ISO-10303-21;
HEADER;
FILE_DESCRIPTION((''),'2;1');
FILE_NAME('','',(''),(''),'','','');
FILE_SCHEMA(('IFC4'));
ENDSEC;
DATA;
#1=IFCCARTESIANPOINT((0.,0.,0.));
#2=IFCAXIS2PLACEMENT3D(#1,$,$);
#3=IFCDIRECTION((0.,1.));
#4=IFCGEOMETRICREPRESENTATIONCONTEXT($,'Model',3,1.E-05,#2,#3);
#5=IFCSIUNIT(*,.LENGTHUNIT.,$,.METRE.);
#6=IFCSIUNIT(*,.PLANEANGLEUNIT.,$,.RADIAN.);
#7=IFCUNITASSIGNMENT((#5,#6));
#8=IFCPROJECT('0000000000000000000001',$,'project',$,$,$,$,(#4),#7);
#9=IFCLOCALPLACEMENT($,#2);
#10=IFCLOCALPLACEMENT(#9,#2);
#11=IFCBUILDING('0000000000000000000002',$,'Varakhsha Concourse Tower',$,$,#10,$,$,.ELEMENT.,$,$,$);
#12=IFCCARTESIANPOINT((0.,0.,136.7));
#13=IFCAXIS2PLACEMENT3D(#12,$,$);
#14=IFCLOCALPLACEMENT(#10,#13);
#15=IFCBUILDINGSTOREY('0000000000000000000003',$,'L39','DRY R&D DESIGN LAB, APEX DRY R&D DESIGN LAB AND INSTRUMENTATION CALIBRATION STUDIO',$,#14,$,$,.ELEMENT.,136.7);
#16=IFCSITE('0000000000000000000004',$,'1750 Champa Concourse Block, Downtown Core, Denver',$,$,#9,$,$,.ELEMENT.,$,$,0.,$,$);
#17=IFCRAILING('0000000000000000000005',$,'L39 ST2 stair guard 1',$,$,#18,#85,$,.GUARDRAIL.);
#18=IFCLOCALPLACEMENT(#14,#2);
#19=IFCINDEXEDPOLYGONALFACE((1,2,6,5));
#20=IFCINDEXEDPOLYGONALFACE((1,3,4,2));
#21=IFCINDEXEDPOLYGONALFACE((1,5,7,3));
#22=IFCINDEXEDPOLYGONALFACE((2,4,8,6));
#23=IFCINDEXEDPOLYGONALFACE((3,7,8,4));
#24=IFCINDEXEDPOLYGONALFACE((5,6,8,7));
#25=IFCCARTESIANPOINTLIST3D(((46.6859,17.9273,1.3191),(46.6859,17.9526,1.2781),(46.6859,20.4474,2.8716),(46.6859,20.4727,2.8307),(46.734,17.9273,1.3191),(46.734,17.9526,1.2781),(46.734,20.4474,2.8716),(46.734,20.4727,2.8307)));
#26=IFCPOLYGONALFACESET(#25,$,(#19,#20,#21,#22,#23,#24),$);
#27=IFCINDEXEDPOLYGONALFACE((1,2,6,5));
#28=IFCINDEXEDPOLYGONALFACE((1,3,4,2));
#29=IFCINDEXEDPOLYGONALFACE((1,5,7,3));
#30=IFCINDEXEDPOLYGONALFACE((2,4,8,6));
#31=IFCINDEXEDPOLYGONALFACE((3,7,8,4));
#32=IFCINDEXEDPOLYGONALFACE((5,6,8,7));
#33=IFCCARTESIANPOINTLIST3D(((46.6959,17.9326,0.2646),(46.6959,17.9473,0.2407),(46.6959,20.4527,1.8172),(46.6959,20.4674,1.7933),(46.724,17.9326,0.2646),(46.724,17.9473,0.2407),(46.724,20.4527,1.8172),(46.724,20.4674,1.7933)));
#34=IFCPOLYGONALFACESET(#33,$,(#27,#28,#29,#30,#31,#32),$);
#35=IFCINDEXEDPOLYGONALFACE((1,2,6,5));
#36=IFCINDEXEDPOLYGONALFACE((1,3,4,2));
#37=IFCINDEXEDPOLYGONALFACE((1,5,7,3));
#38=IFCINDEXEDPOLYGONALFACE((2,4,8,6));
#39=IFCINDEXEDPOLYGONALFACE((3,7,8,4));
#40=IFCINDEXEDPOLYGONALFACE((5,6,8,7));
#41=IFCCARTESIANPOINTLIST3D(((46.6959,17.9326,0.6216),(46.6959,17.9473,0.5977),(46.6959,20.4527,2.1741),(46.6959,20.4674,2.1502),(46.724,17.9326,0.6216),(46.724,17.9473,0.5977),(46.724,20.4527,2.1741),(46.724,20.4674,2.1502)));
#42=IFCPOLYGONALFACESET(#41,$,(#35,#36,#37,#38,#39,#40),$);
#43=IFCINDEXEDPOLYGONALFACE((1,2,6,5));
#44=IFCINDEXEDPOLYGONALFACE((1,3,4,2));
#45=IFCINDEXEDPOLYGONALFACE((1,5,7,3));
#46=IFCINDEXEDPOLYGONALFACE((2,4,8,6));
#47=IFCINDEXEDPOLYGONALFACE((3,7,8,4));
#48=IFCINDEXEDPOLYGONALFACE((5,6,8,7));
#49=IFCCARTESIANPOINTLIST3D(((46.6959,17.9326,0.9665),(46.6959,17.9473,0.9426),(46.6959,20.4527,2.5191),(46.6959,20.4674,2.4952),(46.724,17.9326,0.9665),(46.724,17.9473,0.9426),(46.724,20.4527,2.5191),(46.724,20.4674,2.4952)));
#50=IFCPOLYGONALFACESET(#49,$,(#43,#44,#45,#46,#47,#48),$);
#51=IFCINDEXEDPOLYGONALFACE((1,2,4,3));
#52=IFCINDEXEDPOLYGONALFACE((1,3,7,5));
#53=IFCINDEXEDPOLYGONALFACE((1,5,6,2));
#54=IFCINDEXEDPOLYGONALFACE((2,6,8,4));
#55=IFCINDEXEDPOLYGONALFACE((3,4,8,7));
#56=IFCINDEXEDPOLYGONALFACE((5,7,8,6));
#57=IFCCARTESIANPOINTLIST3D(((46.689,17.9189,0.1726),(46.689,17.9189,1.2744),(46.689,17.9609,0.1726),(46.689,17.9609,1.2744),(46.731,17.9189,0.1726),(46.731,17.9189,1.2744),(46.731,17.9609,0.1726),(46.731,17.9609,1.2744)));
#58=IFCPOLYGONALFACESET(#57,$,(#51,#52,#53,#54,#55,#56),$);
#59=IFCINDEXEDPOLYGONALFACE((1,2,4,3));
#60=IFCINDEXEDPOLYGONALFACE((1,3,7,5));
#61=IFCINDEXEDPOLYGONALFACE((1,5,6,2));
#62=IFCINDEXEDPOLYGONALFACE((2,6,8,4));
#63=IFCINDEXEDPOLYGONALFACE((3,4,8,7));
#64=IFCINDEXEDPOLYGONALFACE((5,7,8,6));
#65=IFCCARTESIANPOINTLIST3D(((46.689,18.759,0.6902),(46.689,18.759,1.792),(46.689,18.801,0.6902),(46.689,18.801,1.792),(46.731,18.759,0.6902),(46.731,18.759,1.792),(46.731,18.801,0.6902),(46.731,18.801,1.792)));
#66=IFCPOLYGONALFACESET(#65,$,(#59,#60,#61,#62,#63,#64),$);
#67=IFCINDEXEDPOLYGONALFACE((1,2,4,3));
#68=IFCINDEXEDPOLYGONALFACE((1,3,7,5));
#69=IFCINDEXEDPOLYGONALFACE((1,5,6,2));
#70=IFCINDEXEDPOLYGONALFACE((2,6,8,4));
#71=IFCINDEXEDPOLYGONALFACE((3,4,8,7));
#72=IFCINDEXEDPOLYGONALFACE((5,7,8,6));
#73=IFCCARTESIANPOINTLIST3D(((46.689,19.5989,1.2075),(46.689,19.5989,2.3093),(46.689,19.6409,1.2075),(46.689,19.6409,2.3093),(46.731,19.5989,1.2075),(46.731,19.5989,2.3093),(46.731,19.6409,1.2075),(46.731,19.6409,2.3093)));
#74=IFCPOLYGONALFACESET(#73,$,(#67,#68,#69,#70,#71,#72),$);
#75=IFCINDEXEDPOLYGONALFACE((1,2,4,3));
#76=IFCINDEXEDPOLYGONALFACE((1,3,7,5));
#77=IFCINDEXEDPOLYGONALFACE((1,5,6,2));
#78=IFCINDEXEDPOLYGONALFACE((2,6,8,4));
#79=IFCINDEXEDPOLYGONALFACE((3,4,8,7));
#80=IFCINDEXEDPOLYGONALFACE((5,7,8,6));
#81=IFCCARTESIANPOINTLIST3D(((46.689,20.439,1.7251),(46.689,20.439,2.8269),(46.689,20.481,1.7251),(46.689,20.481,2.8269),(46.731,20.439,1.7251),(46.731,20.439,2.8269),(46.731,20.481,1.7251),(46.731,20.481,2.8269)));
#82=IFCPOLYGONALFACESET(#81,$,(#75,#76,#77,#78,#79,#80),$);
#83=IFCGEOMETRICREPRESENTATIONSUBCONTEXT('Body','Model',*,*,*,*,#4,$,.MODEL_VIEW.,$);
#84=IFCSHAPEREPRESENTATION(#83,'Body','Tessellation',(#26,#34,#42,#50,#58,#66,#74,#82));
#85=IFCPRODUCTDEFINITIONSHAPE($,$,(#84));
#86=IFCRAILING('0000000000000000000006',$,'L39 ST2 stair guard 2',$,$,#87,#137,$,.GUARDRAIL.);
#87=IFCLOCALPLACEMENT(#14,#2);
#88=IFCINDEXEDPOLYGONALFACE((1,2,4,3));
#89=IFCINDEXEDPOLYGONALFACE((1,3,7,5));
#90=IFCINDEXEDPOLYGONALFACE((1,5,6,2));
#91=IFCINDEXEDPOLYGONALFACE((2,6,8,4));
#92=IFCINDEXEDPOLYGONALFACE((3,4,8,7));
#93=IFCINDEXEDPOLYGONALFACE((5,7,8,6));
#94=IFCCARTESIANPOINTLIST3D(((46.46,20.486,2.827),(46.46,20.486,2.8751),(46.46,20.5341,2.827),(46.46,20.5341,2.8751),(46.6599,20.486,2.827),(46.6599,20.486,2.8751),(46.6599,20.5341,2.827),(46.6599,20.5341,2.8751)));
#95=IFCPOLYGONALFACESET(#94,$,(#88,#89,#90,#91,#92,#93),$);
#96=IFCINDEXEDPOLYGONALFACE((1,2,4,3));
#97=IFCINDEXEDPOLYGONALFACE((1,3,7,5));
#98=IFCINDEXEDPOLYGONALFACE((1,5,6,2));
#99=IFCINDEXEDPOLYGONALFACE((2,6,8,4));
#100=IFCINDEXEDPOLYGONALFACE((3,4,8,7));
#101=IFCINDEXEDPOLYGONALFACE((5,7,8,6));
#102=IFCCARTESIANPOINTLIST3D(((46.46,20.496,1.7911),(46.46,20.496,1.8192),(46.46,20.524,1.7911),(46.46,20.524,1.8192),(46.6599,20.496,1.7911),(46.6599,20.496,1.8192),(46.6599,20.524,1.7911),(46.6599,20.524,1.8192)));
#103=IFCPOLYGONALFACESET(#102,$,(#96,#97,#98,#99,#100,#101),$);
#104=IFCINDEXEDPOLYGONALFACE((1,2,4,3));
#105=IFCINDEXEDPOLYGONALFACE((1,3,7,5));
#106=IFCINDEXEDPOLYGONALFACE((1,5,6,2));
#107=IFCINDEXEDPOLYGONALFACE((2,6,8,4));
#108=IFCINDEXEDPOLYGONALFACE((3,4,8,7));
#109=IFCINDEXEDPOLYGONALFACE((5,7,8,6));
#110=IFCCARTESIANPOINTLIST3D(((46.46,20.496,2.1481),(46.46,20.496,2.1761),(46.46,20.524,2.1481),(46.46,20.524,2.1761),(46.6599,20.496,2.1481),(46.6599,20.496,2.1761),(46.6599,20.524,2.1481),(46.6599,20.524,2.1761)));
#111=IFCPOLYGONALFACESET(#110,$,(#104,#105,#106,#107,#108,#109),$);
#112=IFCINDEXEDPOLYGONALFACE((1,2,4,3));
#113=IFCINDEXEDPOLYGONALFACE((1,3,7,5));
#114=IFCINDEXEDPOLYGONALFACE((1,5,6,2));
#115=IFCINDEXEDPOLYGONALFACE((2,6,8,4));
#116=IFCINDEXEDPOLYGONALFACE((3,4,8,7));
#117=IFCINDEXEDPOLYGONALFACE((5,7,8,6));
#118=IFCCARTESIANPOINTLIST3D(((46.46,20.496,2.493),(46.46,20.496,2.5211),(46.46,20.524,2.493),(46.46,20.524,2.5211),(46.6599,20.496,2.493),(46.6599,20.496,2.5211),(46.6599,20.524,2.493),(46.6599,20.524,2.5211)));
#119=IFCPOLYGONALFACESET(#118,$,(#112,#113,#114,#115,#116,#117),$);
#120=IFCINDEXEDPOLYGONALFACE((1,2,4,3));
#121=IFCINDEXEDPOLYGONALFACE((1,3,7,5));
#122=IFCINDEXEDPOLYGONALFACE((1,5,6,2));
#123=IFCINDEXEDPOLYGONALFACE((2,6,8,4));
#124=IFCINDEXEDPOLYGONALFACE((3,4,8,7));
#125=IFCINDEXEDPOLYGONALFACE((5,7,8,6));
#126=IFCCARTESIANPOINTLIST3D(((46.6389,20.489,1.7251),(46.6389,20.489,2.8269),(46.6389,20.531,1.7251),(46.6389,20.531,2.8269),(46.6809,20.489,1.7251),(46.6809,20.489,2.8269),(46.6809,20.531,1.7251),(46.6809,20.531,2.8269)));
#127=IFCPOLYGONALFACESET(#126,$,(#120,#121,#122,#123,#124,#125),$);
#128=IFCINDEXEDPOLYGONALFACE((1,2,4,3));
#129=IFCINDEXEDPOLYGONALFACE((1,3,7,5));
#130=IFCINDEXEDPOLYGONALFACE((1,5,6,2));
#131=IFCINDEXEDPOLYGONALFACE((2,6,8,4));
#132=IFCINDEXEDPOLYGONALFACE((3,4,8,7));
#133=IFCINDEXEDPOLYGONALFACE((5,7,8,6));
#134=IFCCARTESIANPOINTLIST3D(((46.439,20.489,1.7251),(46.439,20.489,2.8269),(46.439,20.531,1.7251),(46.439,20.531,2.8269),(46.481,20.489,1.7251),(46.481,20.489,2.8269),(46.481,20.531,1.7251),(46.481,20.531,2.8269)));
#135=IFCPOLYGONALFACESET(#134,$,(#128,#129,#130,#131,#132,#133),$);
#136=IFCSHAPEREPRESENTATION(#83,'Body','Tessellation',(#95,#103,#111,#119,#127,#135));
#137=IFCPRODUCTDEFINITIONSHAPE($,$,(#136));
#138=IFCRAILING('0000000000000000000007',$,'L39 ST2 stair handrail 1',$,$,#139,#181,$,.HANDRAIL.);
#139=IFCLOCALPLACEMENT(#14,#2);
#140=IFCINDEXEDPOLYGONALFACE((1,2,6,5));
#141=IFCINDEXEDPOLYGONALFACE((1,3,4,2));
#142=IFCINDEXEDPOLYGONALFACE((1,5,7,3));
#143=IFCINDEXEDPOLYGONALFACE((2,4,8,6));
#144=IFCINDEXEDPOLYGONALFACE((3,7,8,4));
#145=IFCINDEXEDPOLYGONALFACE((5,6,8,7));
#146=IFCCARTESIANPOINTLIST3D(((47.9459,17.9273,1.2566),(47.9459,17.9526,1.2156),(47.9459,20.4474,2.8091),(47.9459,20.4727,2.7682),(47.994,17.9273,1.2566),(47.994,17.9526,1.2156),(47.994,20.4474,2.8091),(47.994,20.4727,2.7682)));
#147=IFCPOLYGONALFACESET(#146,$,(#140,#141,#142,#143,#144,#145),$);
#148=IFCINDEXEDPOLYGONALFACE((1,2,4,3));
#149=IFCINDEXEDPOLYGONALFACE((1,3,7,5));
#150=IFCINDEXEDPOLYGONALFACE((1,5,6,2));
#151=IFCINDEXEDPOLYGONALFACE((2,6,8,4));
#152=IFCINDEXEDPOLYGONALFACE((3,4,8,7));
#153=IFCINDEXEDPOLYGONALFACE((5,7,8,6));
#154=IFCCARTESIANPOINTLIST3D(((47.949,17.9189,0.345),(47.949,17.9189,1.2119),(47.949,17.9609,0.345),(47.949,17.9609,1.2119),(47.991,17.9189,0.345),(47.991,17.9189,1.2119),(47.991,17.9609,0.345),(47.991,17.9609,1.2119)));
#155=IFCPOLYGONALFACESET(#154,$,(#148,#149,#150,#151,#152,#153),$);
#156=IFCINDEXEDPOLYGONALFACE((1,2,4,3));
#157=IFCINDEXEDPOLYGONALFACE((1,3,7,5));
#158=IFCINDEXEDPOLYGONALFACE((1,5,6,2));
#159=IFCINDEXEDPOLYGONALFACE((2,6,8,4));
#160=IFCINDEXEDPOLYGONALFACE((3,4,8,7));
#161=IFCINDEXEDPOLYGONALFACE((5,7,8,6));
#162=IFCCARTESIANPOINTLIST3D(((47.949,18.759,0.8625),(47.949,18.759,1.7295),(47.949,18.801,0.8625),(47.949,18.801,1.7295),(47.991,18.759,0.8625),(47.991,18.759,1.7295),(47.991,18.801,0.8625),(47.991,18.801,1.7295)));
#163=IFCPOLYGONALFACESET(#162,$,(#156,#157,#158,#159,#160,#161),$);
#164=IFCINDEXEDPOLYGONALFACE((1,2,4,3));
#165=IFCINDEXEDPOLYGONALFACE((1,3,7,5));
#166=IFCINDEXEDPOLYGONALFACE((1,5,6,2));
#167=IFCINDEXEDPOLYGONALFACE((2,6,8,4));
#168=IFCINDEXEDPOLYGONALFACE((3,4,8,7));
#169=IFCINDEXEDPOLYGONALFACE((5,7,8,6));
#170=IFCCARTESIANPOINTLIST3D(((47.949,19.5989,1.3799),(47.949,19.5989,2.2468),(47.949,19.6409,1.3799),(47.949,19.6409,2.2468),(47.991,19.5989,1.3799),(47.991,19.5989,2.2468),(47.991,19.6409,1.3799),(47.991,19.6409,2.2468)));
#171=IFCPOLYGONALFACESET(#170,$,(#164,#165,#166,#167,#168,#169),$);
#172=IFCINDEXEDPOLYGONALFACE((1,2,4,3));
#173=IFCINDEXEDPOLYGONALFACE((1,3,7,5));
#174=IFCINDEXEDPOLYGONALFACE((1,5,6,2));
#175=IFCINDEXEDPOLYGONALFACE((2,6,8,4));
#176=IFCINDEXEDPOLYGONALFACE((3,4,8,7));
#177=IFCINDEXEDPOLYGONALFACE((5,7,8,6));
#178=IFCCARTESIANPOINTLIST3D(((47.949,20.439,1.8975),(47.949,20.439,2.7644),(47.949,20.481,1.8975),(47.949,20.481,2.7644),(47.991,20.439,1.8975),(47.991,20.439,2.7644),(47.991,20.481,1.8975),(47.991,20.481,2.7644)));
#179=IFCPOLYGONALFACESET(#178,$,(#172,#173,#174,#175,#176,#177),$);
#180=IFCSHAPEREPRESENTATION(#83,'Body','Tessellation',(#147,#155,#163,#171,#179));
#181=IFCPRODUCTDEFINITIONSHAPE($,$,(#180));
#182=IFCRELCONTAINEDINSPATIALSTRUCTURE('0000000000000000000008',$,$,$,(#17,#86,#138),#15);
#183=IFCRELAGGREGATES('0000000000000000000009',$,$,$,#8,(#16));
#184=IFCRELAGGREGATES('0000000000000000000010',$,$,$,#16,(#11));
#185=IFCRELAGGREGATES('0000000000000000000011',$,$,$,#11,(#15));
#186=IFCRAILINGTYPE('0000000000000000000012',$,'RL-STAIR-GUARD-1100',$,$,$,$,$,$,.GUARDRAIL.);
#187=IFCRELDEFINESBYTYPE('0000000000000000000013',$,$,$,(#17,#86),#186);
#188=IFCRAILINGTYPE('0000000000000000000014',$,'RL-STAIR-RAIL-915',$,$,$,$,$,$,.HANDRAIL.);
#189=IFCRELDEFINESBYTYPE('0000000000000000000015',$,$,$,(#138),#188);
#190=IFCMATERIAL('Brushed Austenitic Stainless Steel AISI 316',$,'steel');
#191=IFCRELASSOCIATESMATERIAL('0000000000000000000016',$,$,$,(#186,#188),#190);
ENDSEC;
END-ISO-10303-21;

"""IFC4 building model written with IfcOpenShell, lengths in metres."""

from ifc_helpers import new_model, si_unit, direction, frame, origin, origin_2d, place, context, subcontext, project, spatial, rectangle, extrude, material, type_object, element, save


model = new_model("IFC4")

# Units and contexts
model_context = context("Model", 3, precision=1e-05, world=origin(), true_north=direction((0.0, 1.0)))
body_context = subcontext(model_context, "Body", "Model", "MODEL_VIEW")
ifc_project = project(units=[si_unit("LENGTHUNIT", "METRE"), si_unit("PLANEANGLEUNIT", "RADIAN")], contexts=[model_context])

# Site, building, storey
site_placement = place(None, origin())
site = spatial("IfcSite", under=ifc_project, at=site_placement, Name="1750 Champa Concourse Block, Downtown Core, Denver", CompositionType="ELEMENT", RefElevation=0.0)
building_placement = place(site_placement, origin())
building = spatial("IfcBuilding", under=site, at=building_placement, Name="Varakhsha Concourse Tower", CompositionType="ELEMENT")
storey_placement = place(building_placement, frame((0.0, 0.0, 136.7)))
storey = spatial("IfcBuildingStorey", under=building, at=storey_placement, Name="L39", Description="DRY R&D DESIGN LAB, APEX DRY R&D DESIGN LAB AND INSTRUMENTATION CALIBRATION STUDIO", CompositionType="ELEMENT", Elevation=136.7)

# Railings
ifc_material_1 = material(Name="Brushed Austenitic Stainless Steel AISI 316", Category="steel")
railing_type_1 = type_object("IfcRailingType", Name="RL-STAIR-GUARD-1100", PredefinedType="GUARDRAIL", material=ifc_material_1)
railing_1_placement = place(storey_placement, frame((46.71, 17.9399, 0.1726)))
element("IfcRailing", 1, at=railing_1_placement, inside=storey, type_object=railing_type_1, Name="L39 ST2 stair guard 1", PredefinedType="GUARDRAIL", context=body_context, shape_type="SweptSolid", body=[
    extrude(rectangle(XDim=0.0481, YDim=0.0481, at=origin_2d()), frame((0.0, 0.0, 1.126), z_axis=(0.0, 0.8514, 0.524516), x_axis=(-1.0, 0.0, 0.0)), (0.0, 0.0, 1.0), 2.96),
    extrude(rectangle(XDim=0.0281, YDim=0.0281, at=origin_2d()), frame((0.0, 0.0, 0.0801), z_axis=(0.0, 0.8514, 0.524516), x_axis=(-1.0, 0.0, 0.0)), (0.0, 0.0, 1.0), 2.96),
    extrude(rectangle(XDim=0.0281, YDim=0.0281, at=origin_2d()), frame((0.0, 0.0, 0.437), z_axis=(0.0, 0.8514, 0.524516), x_axis=(-1.0, 0.0, 0.0)), (0.0, 0.0, 1.0), 2.96),
    extrude(rectangle(XDim=0.0281, YDim=0.0281, at=origin_2d()), frame((0.0, 0.0, 0.782), z_axis=(0.0, 0.8514, 0.524516), x_axis=(-1.0, 0.0, 0.0)), (0.0, 0.0, 1.0), 2.96),
    extrude(rectangle(XDim=0.042, YDim=0.042, at=origin_2d()), origin(), (0.0, 0.0, 1.0), 1.1018),
    extrude(rectangle(XDim=0.042, YDim=0.042, at=origin_2d()), frame((0.0, 0.8401, 0.5176)), (0.0, 0.0, 1.0), 1.1018),
    extrude(rectangle(XDim=0.042, YDim=0.042, at=origin_2d()), frame((0.0, 1.6799, 1.0349)), (0.0, 0.0, 1.0), 1.1018),
    extrude(rectangle(XDim=0.042, YDim=0.042, at=origin_2d()), frame((0.0, 2.52, 1.5525)), (0.0, 0.0, 1.0), 1.1018),
])
railing_2_placement = place(storey_placement, frame((46.6599, 20.51, 1.7251)))
element("IfcRailing", 2, at=railing_2_placement, inside=storey, type_object=railing_type_1, Name="L39 ST2 stair guard 2", PredefinedType="GUARDRAIL", context=body_context, shape_type="SweptSolid", body=[
    extrude(rectangle(XDim=0.0481, YDim=0.0481, at=origin_2d()), frame((0.0, 0.0, 1.126), z_axis=(-1.0, 0.0, 0.0), x_axis=(0.0, -1.0, 0.0)), (0.0, 0.0, 1.0), 0.2),
    extrude(rectangle(XDim=0.0281, YDim=0.0281, at=origin_2d()), frame((0.0, 0.0, 0.0801), z_axis=(-1.0, 0.0, 0.0), x_axis=(0.0, -1.0, 0.0)), (0.0, 0.0, 1.0), 0.2),
    extrude(rectangle(XDim=0.0281, YDim=0.0281, at=origin_2d()), frame((0.0, 0.0, 0.437), z_axis=(-1.0, 0.0, 0.0), x_axis=(0.0, -1.0, 0.0)), (0.0, 0.0, 1.0), 0.2),
    extrude(rectangle(XDim=0.0281, YDim=0.0281, at=origin_2d()), frame((0.0, 0.0, 0.782), z_axis=(-1.0, 0.0, 0.0), x_axis=(0.0, -1.0, 0.0)), (0.0, 0.0, 1.0), 0.2),
    extrude(rectangle(XDim=0.042, YDim=0.042, at=origin_2d()), origin(), (0.0, 0.0, 1.0), 1.1018),
    extrude(rectangle(XDim=0.042, YDim=0.042, at=origin_2d()), frame((-0.2, 0.0, 0.0)), (0.0, 0.0, 1.0), 1.1018),
])
railing_type_2 = type_object("IfcRailingType", Name="RL-STAIR-RAIL-915", PredefinedType="HANDRAIL", material=ifc_material_1)
railing_3_placement = place(storey_placement, frame((47.97, 17.9399, 0.345)))
element("IfcRailing", 3, at=railing_3_placement, inside=storey, type_object=railing_type_2, Name="L39 ST2 stair handrail 1", PredefinedType="HANDRAIL", context=body_context, shape_type="SweptSolid", body=[
    extrude(rectangle(XDim=0.0481, YDim=0.0481, at=origin_2d()), frame((0.0, 0.0, 0.8911), z_axis=(0.0, 0.8514, 0.524516), x_axis=(-1.0, 0.0, 0.0)), (0.0, 0.0, 1.0), 2.96),
    extrude(rectangle(XDim=0.042, YDim=0.042, at=origin_2d()), origin(), (0.0, 0.0, 1.0), 0.8669),
    extrude(rectangle(XDim=0.042, YDim=0.042, at=origin_2d()), frame((0.0, 0.8401, 0.5176)), (0.0, 0.0, 1.0), 0.8669),
    extrude(rectangle(XDim=0.042, YDim=0.042, at=origin_2d()), frame((0.0, 1.6799, 1.0349)), (0.0, 0.0, 1.0), 0.8669),
    extrude(rectangle(XDim=0.042, YDim=0.042, at=origin_2d()), frame((0.0, 2.52, 1.5525)), (0.0, 0.0, 1.0), 0.8669),
])

save(model, "model.ifc")
